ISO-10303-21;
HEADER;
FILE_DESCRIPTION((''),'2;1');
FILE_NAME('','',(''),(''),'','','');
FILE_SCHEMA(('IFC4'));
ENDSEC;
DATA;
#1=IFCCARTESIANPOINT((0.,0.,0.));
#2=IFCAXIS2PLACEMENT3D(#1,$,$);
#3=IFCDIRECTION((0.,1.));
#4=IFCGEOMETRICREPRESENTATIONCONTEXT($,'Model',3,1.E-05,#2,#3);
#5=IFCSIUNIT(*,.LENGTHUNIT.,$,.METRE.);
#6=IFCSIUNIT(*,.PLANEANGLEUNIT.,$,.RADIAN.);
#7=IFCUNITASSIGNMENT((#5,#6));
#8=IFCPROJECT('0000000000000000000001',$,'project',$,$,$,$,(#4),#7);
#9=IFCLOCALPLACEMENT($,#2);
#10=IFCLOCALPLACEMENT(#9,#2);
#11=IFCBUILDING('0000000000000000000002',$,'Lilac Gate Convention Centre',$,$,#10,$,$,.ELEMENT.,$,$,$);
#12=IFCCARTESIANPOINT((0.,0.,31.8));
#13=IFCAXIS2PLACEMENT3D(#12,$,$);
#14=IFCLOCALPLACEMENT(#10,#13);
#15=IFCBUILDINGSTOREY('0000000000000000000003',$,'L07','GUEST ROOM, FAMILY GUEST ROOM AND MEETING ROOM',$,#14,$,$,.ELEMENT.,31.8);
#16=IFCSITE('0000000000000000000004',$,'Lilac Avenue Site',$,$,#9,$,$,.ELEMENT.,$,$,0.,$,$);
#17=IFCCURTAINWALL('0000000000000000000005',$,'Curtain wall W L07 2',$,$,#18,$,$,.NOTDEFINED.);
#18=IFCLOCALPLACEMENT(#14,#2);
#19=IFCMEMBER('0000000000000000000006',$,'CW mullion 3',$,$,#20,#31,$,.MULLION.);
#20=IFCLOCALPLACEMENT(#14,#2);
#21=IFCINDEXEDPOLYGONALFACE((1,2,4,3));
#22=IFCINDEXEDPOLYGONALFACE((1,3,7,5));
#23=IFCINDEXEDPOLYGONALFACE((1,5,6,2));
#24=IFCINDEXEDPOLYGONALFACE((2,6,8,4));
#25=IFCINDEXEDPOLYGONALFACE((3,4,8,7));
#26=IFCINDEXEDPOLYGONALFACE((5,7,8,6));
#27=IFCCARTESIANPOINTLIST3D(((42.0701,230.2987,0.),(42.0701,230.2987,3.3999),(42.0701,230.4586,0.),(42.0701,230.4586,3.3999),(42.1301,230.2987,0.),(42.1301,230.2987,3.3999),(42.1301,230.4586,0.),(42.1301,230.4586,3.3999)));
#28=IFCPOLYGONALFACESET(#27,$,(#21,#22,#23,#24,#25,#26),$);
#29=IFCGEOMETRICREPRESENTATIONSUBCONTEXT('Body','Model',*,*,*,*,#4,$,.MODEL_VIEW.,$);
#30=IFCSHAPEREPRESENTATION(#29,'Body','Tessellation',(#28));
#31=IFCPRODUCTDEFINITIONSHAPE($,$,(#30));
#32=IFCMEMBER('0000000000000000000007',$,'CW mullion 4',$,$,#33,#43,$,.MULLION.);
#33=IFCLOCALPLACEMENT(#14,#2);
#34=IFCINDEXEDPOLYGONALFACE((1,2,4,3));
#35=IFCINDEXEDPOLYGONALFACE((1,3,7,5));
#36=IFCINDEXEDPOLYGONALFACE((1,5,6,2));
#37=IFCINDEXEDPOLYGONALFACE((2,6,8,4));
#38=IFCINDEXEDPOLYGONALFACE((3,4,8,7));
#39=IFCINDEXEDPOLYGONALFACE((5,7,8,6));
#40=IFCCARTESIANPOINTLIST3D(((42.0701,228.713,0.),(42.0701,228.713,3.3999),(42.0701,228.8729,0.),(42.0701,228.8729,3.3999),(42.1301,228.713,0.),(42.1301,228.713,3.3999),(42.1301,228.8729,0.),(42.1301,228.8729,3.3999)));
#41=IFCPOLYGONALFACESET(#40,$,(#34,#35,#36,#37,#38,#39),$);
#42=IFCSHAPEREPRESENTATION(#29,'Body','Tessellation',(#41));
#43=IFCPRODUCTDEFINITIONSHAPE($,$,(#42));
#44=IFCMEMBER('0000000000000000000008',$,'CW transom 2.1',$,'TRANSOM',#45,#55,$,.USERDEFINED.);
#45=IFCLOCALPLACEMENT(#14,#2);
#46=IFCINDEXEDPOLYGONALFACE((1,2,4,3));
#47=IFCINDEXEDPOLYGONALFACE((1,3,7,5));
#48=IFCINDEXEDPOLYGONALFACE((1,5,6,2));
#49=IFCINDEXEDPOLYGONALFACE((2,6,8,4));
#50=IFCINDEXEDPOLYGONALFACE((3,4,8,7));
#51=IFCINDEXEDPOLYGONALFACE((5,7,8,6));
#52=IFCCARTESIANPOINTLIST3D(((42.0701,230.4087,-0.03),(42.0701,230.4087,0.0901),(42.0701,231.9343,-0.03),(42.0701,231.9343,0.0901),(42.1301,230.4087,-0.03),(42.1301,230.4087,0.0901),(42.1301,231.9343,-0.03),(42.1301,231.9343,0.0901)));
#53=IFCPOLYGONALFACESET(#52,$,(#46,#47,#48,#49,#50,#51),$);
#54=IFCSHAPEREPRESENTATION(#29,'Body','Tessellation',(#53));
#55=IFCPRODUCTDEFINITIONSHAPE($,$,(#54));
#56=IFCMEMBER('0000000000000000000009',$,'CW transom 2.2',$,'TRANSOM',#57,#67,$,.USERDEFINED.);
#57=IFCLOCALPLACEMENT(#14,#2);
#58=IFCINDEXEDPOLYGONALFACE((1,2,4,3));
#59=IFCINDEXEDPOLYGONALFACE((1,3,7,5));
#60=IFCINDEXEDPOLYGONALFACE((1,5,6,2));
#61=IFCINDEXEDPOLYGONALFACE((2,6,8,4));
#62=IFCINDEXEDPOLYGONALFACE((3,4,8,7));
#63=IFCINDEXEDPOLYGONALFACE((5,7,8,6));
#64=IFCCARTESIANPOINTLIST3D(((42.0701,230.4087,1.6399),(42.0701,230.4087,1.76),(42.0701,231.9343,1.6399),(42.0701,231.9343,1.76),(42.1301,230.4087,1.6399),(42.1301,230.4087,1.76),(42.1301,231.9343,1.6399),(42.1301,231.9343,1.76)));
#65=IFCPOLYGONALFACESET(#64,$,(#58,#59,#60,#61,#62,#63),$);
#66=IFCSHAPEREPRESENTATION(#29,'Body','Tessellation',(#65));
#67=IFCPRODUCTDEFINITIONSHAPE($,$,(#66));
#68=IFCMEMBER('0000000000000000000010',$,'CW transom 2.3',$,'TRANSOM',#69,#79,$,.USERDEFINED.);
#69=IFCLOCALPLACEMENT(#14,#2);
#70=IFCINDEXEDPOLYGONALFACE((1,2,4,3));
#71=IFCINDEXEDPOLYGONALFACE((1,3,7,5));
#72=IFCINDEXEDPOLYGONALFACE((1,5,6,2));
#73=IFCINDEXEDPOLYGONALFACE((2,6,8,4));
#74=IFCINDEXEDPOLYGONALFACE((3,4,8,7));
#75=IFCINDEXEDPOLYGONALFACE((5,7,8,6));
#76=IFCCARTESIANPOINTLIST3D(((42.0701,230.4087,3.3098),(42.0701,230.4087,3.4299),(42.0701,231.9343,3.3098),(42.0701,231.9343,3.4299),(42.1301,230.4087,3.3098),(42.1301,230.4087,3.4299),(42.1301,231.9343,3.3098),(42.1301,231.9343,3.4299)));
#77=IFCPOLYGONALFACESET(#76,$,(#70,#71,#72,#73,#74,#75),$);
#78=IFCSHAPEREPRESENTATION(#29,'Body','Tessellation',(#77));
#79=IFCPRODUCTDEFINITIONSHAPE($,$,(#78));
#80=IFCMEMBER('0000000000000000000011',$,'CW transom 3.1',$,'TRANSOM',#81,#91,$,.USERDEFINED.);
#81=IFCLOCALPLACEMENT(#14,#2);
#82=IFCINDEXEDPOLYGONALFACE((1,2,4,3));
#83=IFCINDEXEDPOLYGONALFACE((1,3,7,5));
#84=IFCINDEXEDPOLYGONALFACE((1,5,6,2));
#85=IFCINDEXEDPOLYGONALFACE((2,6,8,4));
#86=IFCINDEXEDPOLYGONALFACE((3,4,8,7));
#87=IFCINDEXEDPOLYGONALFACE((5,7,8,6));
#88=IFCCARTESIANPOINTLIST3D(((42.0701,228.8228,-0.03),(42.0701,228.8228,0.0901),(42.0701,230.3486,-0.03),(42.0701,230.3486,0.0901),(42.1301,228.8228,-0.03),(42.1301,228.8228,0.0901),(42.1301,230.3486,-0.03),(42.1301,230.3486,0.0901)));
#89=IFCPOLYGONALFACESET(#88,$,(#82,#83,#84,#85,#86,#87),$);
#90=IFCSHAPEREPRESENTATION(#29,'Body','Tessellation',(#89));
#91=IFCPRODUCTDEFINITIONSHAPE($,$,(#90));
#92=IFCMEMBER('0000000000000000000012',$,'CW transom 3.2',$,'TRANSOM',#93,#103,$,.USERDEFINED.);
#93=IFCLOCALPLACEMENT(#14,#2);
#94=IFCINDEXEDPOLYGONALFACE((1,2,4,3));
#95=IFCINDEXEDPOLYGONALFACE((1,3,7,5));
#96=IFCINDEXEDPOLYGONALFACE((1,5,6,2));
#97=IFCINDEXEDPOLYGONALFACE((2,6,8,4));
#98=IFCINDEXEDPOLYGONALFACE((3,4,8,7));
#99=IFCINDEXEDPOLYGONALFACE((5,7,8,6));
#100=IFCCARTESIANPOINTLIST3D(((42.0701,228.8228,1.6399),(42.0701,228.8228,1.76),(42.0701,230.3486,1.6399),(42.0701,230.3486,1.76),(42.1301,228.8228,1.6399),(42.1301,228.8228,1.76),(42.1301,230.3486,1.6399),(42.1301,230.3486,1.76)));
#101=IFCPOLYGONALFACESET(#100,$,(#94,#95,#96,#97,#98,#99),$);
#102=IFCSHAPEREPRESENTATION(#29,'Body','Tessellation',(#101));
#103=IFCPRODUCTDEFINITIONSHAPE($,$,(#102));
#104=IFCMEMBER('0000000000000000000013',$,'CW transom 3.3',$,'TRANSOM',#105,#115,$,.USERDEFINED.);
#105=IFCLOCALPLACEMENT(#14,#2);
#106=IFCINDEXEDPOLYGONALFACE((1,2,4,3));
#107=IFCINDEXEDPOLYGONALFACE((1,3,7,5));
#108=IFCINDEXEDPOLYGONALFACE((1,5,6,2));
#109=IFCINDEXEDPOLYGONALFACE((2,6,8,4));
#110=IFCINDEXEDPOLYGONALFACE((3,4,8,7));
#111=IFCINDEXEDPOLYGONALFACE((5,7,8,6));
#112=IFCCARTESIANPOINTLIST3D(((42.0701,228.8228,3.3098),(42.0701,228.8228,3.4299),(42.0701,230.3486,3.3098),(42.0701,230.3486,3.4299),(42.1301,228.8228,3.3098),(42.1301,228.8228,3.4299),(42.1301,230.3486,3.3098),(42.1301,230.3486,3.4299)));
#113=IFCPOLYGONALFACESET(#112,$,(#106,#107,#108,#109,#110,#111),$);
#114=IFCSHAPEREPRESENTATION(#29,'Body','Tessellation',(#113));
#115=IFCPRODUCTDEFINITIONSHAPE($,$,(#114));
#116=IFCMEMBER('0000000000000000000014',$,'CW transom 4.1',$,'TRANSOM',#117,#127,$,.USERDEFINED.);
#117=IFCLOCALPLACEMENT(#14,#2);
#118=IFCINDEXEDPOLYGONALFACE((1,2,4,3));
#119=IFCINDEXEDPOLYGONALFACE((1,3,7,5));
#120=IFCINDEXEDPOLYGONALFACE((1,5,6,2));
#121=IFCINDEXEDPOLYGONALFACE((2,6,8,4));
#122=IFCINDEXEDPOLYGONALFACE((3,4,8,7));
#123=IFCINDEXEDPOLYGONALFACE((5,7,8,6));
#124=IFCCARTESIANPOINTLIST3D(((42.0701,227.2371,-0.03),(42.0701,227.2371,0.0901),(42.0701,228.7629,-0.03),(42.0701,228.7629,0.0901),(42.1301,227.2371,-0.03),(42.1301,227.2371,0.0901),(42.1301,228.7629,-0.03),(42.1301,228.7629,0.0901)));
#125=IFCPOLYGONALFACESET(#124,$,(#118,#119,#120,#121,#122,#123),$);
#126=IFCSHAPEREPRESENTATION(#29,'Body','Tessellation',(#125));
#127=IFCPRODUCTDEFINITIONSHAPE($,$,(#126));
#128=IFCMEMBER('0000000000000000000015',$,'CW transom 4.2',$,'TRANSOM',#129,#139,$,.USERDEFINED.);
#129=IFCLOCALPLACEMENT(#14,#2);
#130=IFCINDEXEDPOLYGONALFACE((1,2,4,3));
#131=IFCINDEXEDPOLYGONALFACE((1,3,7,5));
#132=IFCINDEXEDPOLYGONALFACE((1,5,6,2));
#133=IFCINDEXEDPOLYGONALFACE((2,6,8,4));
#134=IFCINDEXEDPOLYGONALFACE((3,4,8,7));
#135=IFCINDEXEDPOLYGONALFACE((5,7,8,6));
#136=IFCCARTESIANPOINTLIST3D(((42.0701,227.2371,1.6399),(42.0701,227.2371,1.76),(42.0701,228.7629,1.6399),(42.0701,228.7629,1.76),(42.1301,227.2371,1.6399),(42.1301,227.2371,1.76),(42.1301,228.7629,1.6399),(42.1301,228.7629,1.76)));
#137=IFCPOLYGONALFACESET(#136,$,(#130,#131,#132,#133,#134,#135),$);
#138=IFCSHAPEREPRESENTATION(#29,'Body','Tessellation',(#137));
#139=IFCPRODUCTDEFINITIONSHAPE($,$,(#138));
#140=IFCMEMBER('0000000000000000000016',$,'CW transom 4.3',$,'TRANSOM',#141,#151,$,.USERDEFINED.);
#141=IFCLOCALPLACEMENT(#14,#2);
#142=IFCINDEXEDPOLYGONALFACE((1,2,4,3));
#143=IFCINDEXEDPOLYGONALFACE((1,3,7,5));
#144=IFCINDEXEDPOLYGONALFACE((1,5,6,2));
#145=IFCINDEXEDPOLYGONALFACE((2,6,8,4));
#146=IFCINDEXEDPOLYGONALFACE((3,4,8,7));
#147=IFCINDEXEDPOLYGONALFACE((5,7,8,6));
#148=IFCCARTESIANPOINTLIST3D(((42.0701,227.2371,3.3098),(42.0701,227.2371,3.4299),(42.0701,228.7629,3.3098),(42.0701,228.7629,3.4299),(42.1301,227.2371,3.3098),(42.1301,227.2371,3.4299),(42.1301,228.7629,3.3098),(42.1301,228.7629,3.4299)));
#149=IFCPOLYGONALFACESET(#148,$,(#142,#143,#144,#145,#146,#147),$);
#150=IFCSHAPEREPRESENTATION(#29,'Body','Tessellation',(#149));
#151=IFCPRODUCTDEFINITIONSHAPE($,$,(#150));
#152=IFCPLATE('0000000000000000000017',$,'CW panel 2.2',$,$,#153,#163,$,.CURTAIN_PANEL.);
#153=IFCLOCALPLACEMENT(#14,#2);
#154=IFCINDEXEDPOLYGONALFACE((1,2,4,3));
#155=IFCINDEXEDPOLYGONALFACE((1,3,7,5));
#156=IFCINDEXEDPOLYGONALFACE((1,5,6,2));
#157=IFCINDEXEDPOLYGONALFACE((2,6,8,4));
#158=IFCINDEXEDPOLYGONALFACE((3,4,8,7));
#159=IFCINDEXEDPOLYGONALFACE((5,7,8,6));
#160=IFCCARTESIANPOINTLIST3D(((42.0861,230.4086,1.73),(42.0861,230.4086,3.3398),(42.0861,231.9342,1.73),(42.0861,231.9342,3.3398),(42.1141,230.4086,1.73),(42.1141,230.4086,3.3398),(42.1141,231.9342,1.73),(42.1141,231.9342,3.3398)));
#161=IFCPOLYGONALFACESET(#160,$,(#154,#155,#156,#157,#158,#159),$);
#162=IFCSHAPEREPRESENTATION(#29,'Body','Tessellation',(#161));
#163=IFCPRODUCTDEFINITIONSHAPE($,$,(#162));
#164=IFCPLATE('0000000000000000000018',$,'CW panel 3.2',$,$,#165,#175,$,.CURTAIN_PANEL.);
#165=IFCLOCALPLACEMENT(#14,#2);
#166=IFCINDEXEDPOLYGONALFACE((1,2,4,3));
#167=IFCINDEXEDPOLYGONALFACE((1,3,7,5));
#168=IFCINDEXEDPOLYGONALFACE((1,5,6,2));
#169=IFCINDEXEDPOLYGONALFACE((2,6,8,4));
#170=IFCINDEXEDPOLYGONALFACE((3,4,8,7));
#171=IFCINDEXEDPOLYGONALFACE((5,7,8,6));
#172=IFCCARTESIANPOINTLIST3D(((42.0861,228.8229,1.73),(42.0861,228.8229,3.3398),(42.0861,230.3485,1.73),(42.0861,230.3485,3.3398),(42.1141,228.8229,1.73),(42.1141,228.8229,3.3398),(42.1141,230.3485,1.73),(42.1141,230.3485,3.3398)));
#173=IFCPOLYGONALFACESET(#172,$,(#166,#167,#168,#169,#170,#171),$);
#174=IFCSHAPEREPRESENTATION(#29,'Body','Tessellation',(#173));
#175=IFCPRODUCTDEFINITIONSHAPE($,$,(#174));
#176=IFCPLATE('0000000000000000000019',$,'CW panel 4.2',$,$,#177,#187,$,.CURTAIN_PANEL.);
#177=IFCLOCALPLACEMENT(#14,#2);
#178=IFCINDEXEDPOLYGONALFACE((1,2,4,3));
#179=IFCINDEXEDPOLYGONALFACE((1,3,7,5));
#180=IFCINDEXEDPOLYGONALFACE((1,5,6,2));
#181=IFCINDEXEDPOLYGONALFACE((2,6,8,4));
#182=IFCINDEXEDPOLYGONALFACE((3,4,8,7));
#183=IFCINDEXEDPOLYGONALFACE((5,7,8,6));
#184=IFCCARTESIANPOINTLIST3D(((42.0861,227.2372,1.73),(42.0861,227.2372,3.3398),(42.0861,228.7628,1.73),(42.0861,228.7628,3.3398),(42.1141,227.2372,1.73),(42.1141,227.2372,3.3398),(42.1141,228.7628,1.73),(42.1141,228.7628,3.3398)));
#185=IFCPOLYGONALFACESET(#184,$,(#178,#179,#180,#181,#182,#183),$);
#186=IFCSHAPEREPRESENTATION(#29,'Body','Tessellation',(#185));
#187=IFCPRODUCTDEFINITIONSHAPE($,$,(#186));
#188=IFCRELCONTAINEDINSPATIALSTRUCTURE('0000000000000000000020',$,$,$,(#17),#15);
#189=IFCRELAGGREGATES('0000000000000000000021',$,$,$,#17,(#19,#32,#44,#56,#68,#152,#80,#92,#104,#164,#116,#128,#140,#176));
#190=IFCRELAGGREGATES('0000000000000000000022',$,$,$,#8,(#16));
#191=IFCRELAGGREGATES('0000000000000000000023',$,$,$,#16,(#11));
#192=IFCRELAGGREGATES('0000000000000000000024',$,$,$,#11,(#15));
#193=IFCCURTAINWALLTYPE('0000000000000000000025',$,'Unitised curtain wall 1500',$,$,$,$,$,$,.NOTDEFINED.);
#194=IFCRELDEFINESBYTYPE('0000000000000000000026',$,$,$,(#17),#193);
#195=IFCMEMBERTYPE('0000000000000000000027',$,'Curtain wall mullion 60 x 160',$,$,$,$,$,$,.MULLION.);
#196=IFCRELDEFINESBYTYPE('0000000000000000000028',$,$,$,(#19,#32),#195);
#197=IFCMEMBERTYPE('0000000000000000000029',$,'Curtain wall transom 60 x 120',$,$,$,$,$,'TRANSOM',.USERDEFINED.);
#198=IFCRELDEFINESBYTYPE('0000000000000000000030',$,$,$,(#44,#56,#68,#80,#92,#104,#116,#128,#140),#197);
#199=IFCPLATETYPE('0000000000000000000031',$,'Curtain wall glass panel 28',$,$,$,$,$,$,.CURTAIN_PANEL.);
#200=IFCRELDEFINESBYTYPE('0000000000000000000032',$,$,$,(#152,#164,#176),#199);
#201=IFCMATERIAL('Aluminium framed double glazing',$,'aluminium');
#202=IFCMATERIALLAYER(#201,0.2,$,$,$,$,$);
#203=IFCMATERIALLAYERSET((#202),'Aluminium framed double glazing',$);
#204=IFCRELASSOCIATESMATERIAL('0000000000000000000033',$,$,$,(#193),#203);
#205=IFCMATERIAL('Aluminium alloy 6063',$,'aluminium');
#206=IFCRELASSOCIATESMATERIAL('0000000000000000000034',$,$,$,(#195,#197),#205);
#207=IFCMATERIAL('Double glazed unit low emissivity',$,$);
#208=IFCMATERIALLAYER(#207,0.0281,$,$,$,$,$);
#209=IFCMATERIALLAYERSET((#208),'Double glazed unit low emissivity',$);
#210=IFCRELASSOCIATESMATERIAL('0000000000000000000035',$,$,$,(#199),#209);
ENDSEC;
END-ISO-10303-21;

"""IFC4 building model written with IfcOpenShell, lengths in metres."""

from ifc_helpers import new_model, si_unit, direction, frame, origin, origin_2d, place, context, subcontext, project, spatial, rectangle, extrude, material, layer, layer_set, material_profile, profile_set, type_object, element, aggregate, save


model = new_model("IFC4")

# Units and contexts
model_context = context("Model", 3, precision=1e-05, world=origin(), true_north=direction((0.0, 1.0)))
body_context = subcontext(model_context, "Body", "Model", "MODEL_VIEW")
ifc_project = project(units=[si_unit("LENGTHUNIT", "METRE"), si_unit("PLANEANGLEUNIT", "RADIAN")], contexts=[model_context])

# Site, building, storey
site_placement = place(None, origin())
site = spatial("IfcSite", under=ifc_project, at=site_placement, Name="Lilac Avenue Site", CompositionType="ELEMENT", RefElevation=0.0)
building_placement = place(site_placement, origin())
building = spatial("IfcBuilding", under=site, at=building_placement, Name="Lilac Gate Convention Centre", CompositionType="ELEMENT")
storey_placement = place(building_placement, frame((0.0, 0.0, 31.8)))
storey = spatial("IfcBuildingStorey", under=building, at=storey_placement, Name="L07", Description="GUEST ROOM, FAMILY GUEST ROOM AND MEETING ROOM", CompositionType="ELEMENT", Elevation=31.8)

# Curtain wall, members, plates
ifc_material_1 = material(Name="Aluminium framed double glazing", Category="aluminium")
ifc_layer_1 = layer(ifc_material_1, 0.2)
ifc_layer_set_1 = layer_set([ifc_layer_1], Name="Aluminium framed double glazing")
curtain_wall_type = type_object("IfcCurtainWallType", Name="Unitised curtain wall 1500", PredefinedType="NOTDEFINED", material=ifc_layer_set_1)
curtain_wall_placement = place(storey_placement, origin())
curtain_wall = element("IfcCurtainWall", 1, at=curtain_wall_placement, inside=storey, type_object=curtain_wall_type, Name="Curtain wall W L07 2", PredefinedType="NOTDEFINED")
ifc_material_2 = material(Name="Aluminium alloy 6063", Category="aluminium")
ifc_material_profile_1 = material_profile(ifc_material_2, rectangle(XDim=0.0601, YDim=0.1599, at=origin_2d()), Name="Curtain wall mullion 60 x 160")
ifc_profile_set_1 = profile_set([ifc_material_profile_1], Name="Aluminium alloy 6063")
member_type_1 = type_object("IfcMemberType", Name="Curtain wall mullion 60 x 160", PredefinedType="MULLION", material=ifc_profile_set_1)
member_1_placement = place(storey_placement, frame((42.1001, 230.3787, 0.0), z_axis=(0.0, 0.0, 1.0), x_axis=(1.0, 0.0, 0.0)))
member_1 = element("IfcMember", 2, at=member_1_placement, type_object=member_type_1, Name="CW mullion 3", PredefinedType="MULLION", context=body_context, shape_type="SweptSolid", body=[
    extrude(rectangle(XDim=0.0601, YDim=0.1599, at=origin_2d()), origin(), (0.0, 0.0, 1.0), 3.3999),
])
member_2_placement = place(storey_placement, frame((42.1001, 228.793, 0.0), z_axis=(0.0, 0.0, 1.0), x_axis=(1.0, 0.0, 0.0)))
member_2 = element("IfcMember", 3, at=member_2_placement, type_object=member_type_1, Name="CW mullion 4", PredefinedType="MULLION", context=body_context, shape_type="SweptSolid", body=[
    extrude(rectangle(XDim=0.0601, YDim=0.1599, at=origin_2d()), origin(), (0.0, 0.0, 1.0), 3.3999),
])
ifc_material_profile_2 = material_profile(ifc_material_2, rectangle(XDim=0.0601, YDim=0.1201, at=origin_2d()), Name="Curtain wall transom 60 x 120")
ifc_profile_set_2 = profile_set([ifc_material_profile_2], Name="Aluminium alloy 6063")
member_type_2 = type_object("IfcMemberType", Name="Curtain wall transom 60 x 120", ElementType="TRANSOM", PredefinedType="USERDEFINED", material=ifc_profile_set_2)
member_3_placement = place(storey_placement, frame((42.1001, 231.9343, 0.03), z_axis=(0.0, -1.0, 0.0), x_axis=(1.0, 0.0, 0.0)))
member_3 = element("IfcMember", 4, at=member_3_placement, type_object=member_type_2, Name="CW transom 2.1", ObjectType="TRANSOM", PredefinedType="USERDEFINED", context=body_context, shape_type="SweptSolid", body=[
    extrude(rectangle(XDim=0.0601, YDim=0.1201, at=origin_2d()), origin(), (0.0, 0.0, 1.0), 1.5256),
])
member_4_placement = place(storey_placement, frame((42.1001, 231.9343, 1.7), z_axis=(0.0, -1.0, 0.0), x_axis=(1.0, 0.0, 0.0)))
member_4 = element("IfcMember", 5, at=member_4_placement, type_object=member_type_2, Name="CW transom 2.2", ObjectType="TRANSOM", PredefinedType="USERDEFINED", context=body_context, shape_type="SweptSolid", body=[
    extrude(rectangle(XDim=0.0601, YDim=0.1201, at=origin_2d()), origin(), (0.0, 0.0, 1.0), 1.5256),
])
member_5_placement = place(storey_placement, frame((42.1001, 231.9343, 3.3699), z_axis=(0.0, -1.0, 0.0), x_axis=(1.0, 0.0, 0.0)))
member_5 = element("IfcMember", 6, at=member_5_placement, type_object=member_type_2, Name="CW transom 2.3", ObjectType="TRANSOM", PredefinedType="USERDEFINED", context=body_context, shape_type="SweptSolid", body=[
    extrude(rectangle(XDim=0.0601, YDim=0.1201, at=origin_2d()), origin(), (0.0, 0.0, 1.0), 1.5256),
])
member_6_placement = place(storey_placement, frame((42.1001, 230.3486, 0.03), z_axis=(0.0, -1.0, 0.0), x_axis=(1.0, 0.0, 0.0)))
member_6 = element("IfcMember", 7, at=member_6_placement, type_object=member_type_2, Name="CW transom 3.1", ObjectType="TRANSOM", PredefinedType="USERDEFINED", context=body_context, shape_type="SweptSolid", body=[
    extrude(rectangle(XDim=0.0601, YDim=0.1201, at=origin_2d()), origin(), (0.0, 0.0, 1.0), 1.5259),
])
member_7_placement = place(storey_placement, frame((42.1001, 230.3486, 1.7), z_axis=(0.0, -1.0, 0.0), x_axis=(1.0, 0.0, 0.0)))
member_7 = element("IfcMember", 8, at=member_7_placement, type_object=member_type_2, Name="CW transom 3.2", ObjectType="TRANSOM", PredefinedType="USERDEFINED", context=body_context, shape_type="SweptSolid", body=[
    extrude(rectangle(XDim=0.0601, YDim=0.1201, at=origin_2d()), origin(), (0.0, 0.0, 1.0), 1.5259),
])
member_8_placement = place(storey_placement, frame((42.1001, 230.3486, 3.3699), z_axis=(0.0, -1.0, 0.0), x_axis=(1.0, 0.0, 0.0)))
member_8 = element("IfcMember", 9, at=member_8_placement, type_object=member_type_2, Name="CW transom 3.3", ObjectType="TRANSOM", PredefinedType="USERDEFINED", context=body_context, shape_type="SweptSolid", body=[
    extrude(rectangle(XDim=0.0601, YDim=0.1201, at=origin_2d()), origin(), (0.0, 0.0, 1.0), 1.5259),
])
member_9_placement = place(storey_placement, frame((42.1001, 228.7629, 0.03), z_axis=(0.0, -1.0, 0.0), x_axis=(1.0, 0.0, 0.0)))
member_9 = element("IfcMember", 10, at=member_9_placement, type_object=member_type_2, Name="CW transom 4.1", ObjectType="TRANSOM", PredefinedType="USERDEFINED", context=body_context, shape_type="SweptSolid", body=[
    extrude(rectangle(XDim=0.0601, YDim=0.1201, at=origin_2d()), origin(), (0.0, 0.0, 1.0), 1.5259),
])
member_10_placement = place(storey_placement, frame((42.1001, 228.7629, 1.7), z_axis=(0.0, -1.0, 0.0), x_axis=(1.0, 0.0, 0.0)))
member_10 = element("IfcMember", 11, at=member_10_placement, type_object=member_type_2, Name="CW transom 4.2", ObjectType="TRANSOM", PredefinedType="USERDEFINED", context=body_context, shape_type="SweptSolid", body=[
    extrude(rectangle(XDim=0.0601, YDim=0.1201, at=origin_2d()), origin(), (0.0, 0.0, 1.0), 1.5259),
])
member_11_placement = place(storey_placement, frame((42.1001, 228.7629, 3.3699), z_axis=(0.0, -1.0, 0.0), x_axis=(1.0, 0.0, 0.0)))
member_11 = element("IfcMember", 12, at=member_11_placement, type_object=member_type_2, Name="CW transom 4.3", ObjectType="TRANSOM", PredefinedType="USERDEFINED", context=body_context, shape_type="SweptSolid", body=[
    extrude(rectangle(XDim=0.0601, YDim=0.1201, at=origin_2d()), origin(), (0.0, 0.0, 1.0), 1.5259),
])
ifc_material_3 = material(Name="Double glazed unit low emissivity")
ifc_layer_2 = layer(ifc_material_3, 0.0281)
ifc_layer_set_2 = layer_set([ifc_layer_2], Name="Double glazed unit low emissivity")
plate_type_1 = type_object("IfcPlateType", Name="Curtain wall glass panel 28", PredefinedType="CURTAIN_PANEL", material=ifc_layer_set_2)
plate_1_placement = place(storey_placement, frame((42.1001, 231.1714, 1.73), z_axis=(0.0, 0.0, 1.0), x_axis=(0.0, -1.0, 0.0)))
plate_1 = element("IfcPlate", 13, at=plate_1_placement, type_object=plate_type_1, Name="CW panel 2.2", PredefinedType="CURTAIN_PANEL", context=body_context, shape_type="SweptSolid", body=[
    extrude(rectangle(XDim=1.5256, YDim=0.0281, at=origin_2d()), origin(), (0.0, 0.0, 1.0), 1.6099),
])
plate_2_placement = place(storey_placement, frame((42.1001, 229.5857, 1.73), z_axis=(0.0, 0.0, 1.0), x_axis=(0.0, -1.0, 0.0)))
plate_2 = element("IfcPlate", 14, at=plate_2_placement, type_object=plate_type_1, Name="CW panel 3.2", PredefinedType="CURTAIN_PANEL", context=body_context, shape_type="SweptSolid", body=[
    extrude(rectangle(XDim=1.5256, YDim=0.0281, at=origin_2d()), origin(), (0.0, 0.0, 1.0), 1.6099),
])
plate_3_placement = place(storey_placement, frame((42.1001, 228.0, 1.73), z_axis=(0.0, 0.0, 1.0), x_axis=(0.0, -1.0, 0.0)))
plate_3 = element("IfcPlate", 15, at=plate_3_placement, type_object=plate_type_1, Name="CW panel 4.2", PredefinedType="CURTAIN_PANEL", context=body_context, shape_type="SweptSolid", body=[
    extrude(rectangle(XDim=1.5256, YDim=0.0281, at=origin_2d()), origin(), (0.0, 0.0, 1.0), 1.6099),
])
aggregate(curtain_wall, [member_1, member_2, member_3, member_4, member_5, plate_1, member_6, member_7, member_8, plate_2, member_9, member_10, member_11, plate_3])

save(model, "model.ifc")
